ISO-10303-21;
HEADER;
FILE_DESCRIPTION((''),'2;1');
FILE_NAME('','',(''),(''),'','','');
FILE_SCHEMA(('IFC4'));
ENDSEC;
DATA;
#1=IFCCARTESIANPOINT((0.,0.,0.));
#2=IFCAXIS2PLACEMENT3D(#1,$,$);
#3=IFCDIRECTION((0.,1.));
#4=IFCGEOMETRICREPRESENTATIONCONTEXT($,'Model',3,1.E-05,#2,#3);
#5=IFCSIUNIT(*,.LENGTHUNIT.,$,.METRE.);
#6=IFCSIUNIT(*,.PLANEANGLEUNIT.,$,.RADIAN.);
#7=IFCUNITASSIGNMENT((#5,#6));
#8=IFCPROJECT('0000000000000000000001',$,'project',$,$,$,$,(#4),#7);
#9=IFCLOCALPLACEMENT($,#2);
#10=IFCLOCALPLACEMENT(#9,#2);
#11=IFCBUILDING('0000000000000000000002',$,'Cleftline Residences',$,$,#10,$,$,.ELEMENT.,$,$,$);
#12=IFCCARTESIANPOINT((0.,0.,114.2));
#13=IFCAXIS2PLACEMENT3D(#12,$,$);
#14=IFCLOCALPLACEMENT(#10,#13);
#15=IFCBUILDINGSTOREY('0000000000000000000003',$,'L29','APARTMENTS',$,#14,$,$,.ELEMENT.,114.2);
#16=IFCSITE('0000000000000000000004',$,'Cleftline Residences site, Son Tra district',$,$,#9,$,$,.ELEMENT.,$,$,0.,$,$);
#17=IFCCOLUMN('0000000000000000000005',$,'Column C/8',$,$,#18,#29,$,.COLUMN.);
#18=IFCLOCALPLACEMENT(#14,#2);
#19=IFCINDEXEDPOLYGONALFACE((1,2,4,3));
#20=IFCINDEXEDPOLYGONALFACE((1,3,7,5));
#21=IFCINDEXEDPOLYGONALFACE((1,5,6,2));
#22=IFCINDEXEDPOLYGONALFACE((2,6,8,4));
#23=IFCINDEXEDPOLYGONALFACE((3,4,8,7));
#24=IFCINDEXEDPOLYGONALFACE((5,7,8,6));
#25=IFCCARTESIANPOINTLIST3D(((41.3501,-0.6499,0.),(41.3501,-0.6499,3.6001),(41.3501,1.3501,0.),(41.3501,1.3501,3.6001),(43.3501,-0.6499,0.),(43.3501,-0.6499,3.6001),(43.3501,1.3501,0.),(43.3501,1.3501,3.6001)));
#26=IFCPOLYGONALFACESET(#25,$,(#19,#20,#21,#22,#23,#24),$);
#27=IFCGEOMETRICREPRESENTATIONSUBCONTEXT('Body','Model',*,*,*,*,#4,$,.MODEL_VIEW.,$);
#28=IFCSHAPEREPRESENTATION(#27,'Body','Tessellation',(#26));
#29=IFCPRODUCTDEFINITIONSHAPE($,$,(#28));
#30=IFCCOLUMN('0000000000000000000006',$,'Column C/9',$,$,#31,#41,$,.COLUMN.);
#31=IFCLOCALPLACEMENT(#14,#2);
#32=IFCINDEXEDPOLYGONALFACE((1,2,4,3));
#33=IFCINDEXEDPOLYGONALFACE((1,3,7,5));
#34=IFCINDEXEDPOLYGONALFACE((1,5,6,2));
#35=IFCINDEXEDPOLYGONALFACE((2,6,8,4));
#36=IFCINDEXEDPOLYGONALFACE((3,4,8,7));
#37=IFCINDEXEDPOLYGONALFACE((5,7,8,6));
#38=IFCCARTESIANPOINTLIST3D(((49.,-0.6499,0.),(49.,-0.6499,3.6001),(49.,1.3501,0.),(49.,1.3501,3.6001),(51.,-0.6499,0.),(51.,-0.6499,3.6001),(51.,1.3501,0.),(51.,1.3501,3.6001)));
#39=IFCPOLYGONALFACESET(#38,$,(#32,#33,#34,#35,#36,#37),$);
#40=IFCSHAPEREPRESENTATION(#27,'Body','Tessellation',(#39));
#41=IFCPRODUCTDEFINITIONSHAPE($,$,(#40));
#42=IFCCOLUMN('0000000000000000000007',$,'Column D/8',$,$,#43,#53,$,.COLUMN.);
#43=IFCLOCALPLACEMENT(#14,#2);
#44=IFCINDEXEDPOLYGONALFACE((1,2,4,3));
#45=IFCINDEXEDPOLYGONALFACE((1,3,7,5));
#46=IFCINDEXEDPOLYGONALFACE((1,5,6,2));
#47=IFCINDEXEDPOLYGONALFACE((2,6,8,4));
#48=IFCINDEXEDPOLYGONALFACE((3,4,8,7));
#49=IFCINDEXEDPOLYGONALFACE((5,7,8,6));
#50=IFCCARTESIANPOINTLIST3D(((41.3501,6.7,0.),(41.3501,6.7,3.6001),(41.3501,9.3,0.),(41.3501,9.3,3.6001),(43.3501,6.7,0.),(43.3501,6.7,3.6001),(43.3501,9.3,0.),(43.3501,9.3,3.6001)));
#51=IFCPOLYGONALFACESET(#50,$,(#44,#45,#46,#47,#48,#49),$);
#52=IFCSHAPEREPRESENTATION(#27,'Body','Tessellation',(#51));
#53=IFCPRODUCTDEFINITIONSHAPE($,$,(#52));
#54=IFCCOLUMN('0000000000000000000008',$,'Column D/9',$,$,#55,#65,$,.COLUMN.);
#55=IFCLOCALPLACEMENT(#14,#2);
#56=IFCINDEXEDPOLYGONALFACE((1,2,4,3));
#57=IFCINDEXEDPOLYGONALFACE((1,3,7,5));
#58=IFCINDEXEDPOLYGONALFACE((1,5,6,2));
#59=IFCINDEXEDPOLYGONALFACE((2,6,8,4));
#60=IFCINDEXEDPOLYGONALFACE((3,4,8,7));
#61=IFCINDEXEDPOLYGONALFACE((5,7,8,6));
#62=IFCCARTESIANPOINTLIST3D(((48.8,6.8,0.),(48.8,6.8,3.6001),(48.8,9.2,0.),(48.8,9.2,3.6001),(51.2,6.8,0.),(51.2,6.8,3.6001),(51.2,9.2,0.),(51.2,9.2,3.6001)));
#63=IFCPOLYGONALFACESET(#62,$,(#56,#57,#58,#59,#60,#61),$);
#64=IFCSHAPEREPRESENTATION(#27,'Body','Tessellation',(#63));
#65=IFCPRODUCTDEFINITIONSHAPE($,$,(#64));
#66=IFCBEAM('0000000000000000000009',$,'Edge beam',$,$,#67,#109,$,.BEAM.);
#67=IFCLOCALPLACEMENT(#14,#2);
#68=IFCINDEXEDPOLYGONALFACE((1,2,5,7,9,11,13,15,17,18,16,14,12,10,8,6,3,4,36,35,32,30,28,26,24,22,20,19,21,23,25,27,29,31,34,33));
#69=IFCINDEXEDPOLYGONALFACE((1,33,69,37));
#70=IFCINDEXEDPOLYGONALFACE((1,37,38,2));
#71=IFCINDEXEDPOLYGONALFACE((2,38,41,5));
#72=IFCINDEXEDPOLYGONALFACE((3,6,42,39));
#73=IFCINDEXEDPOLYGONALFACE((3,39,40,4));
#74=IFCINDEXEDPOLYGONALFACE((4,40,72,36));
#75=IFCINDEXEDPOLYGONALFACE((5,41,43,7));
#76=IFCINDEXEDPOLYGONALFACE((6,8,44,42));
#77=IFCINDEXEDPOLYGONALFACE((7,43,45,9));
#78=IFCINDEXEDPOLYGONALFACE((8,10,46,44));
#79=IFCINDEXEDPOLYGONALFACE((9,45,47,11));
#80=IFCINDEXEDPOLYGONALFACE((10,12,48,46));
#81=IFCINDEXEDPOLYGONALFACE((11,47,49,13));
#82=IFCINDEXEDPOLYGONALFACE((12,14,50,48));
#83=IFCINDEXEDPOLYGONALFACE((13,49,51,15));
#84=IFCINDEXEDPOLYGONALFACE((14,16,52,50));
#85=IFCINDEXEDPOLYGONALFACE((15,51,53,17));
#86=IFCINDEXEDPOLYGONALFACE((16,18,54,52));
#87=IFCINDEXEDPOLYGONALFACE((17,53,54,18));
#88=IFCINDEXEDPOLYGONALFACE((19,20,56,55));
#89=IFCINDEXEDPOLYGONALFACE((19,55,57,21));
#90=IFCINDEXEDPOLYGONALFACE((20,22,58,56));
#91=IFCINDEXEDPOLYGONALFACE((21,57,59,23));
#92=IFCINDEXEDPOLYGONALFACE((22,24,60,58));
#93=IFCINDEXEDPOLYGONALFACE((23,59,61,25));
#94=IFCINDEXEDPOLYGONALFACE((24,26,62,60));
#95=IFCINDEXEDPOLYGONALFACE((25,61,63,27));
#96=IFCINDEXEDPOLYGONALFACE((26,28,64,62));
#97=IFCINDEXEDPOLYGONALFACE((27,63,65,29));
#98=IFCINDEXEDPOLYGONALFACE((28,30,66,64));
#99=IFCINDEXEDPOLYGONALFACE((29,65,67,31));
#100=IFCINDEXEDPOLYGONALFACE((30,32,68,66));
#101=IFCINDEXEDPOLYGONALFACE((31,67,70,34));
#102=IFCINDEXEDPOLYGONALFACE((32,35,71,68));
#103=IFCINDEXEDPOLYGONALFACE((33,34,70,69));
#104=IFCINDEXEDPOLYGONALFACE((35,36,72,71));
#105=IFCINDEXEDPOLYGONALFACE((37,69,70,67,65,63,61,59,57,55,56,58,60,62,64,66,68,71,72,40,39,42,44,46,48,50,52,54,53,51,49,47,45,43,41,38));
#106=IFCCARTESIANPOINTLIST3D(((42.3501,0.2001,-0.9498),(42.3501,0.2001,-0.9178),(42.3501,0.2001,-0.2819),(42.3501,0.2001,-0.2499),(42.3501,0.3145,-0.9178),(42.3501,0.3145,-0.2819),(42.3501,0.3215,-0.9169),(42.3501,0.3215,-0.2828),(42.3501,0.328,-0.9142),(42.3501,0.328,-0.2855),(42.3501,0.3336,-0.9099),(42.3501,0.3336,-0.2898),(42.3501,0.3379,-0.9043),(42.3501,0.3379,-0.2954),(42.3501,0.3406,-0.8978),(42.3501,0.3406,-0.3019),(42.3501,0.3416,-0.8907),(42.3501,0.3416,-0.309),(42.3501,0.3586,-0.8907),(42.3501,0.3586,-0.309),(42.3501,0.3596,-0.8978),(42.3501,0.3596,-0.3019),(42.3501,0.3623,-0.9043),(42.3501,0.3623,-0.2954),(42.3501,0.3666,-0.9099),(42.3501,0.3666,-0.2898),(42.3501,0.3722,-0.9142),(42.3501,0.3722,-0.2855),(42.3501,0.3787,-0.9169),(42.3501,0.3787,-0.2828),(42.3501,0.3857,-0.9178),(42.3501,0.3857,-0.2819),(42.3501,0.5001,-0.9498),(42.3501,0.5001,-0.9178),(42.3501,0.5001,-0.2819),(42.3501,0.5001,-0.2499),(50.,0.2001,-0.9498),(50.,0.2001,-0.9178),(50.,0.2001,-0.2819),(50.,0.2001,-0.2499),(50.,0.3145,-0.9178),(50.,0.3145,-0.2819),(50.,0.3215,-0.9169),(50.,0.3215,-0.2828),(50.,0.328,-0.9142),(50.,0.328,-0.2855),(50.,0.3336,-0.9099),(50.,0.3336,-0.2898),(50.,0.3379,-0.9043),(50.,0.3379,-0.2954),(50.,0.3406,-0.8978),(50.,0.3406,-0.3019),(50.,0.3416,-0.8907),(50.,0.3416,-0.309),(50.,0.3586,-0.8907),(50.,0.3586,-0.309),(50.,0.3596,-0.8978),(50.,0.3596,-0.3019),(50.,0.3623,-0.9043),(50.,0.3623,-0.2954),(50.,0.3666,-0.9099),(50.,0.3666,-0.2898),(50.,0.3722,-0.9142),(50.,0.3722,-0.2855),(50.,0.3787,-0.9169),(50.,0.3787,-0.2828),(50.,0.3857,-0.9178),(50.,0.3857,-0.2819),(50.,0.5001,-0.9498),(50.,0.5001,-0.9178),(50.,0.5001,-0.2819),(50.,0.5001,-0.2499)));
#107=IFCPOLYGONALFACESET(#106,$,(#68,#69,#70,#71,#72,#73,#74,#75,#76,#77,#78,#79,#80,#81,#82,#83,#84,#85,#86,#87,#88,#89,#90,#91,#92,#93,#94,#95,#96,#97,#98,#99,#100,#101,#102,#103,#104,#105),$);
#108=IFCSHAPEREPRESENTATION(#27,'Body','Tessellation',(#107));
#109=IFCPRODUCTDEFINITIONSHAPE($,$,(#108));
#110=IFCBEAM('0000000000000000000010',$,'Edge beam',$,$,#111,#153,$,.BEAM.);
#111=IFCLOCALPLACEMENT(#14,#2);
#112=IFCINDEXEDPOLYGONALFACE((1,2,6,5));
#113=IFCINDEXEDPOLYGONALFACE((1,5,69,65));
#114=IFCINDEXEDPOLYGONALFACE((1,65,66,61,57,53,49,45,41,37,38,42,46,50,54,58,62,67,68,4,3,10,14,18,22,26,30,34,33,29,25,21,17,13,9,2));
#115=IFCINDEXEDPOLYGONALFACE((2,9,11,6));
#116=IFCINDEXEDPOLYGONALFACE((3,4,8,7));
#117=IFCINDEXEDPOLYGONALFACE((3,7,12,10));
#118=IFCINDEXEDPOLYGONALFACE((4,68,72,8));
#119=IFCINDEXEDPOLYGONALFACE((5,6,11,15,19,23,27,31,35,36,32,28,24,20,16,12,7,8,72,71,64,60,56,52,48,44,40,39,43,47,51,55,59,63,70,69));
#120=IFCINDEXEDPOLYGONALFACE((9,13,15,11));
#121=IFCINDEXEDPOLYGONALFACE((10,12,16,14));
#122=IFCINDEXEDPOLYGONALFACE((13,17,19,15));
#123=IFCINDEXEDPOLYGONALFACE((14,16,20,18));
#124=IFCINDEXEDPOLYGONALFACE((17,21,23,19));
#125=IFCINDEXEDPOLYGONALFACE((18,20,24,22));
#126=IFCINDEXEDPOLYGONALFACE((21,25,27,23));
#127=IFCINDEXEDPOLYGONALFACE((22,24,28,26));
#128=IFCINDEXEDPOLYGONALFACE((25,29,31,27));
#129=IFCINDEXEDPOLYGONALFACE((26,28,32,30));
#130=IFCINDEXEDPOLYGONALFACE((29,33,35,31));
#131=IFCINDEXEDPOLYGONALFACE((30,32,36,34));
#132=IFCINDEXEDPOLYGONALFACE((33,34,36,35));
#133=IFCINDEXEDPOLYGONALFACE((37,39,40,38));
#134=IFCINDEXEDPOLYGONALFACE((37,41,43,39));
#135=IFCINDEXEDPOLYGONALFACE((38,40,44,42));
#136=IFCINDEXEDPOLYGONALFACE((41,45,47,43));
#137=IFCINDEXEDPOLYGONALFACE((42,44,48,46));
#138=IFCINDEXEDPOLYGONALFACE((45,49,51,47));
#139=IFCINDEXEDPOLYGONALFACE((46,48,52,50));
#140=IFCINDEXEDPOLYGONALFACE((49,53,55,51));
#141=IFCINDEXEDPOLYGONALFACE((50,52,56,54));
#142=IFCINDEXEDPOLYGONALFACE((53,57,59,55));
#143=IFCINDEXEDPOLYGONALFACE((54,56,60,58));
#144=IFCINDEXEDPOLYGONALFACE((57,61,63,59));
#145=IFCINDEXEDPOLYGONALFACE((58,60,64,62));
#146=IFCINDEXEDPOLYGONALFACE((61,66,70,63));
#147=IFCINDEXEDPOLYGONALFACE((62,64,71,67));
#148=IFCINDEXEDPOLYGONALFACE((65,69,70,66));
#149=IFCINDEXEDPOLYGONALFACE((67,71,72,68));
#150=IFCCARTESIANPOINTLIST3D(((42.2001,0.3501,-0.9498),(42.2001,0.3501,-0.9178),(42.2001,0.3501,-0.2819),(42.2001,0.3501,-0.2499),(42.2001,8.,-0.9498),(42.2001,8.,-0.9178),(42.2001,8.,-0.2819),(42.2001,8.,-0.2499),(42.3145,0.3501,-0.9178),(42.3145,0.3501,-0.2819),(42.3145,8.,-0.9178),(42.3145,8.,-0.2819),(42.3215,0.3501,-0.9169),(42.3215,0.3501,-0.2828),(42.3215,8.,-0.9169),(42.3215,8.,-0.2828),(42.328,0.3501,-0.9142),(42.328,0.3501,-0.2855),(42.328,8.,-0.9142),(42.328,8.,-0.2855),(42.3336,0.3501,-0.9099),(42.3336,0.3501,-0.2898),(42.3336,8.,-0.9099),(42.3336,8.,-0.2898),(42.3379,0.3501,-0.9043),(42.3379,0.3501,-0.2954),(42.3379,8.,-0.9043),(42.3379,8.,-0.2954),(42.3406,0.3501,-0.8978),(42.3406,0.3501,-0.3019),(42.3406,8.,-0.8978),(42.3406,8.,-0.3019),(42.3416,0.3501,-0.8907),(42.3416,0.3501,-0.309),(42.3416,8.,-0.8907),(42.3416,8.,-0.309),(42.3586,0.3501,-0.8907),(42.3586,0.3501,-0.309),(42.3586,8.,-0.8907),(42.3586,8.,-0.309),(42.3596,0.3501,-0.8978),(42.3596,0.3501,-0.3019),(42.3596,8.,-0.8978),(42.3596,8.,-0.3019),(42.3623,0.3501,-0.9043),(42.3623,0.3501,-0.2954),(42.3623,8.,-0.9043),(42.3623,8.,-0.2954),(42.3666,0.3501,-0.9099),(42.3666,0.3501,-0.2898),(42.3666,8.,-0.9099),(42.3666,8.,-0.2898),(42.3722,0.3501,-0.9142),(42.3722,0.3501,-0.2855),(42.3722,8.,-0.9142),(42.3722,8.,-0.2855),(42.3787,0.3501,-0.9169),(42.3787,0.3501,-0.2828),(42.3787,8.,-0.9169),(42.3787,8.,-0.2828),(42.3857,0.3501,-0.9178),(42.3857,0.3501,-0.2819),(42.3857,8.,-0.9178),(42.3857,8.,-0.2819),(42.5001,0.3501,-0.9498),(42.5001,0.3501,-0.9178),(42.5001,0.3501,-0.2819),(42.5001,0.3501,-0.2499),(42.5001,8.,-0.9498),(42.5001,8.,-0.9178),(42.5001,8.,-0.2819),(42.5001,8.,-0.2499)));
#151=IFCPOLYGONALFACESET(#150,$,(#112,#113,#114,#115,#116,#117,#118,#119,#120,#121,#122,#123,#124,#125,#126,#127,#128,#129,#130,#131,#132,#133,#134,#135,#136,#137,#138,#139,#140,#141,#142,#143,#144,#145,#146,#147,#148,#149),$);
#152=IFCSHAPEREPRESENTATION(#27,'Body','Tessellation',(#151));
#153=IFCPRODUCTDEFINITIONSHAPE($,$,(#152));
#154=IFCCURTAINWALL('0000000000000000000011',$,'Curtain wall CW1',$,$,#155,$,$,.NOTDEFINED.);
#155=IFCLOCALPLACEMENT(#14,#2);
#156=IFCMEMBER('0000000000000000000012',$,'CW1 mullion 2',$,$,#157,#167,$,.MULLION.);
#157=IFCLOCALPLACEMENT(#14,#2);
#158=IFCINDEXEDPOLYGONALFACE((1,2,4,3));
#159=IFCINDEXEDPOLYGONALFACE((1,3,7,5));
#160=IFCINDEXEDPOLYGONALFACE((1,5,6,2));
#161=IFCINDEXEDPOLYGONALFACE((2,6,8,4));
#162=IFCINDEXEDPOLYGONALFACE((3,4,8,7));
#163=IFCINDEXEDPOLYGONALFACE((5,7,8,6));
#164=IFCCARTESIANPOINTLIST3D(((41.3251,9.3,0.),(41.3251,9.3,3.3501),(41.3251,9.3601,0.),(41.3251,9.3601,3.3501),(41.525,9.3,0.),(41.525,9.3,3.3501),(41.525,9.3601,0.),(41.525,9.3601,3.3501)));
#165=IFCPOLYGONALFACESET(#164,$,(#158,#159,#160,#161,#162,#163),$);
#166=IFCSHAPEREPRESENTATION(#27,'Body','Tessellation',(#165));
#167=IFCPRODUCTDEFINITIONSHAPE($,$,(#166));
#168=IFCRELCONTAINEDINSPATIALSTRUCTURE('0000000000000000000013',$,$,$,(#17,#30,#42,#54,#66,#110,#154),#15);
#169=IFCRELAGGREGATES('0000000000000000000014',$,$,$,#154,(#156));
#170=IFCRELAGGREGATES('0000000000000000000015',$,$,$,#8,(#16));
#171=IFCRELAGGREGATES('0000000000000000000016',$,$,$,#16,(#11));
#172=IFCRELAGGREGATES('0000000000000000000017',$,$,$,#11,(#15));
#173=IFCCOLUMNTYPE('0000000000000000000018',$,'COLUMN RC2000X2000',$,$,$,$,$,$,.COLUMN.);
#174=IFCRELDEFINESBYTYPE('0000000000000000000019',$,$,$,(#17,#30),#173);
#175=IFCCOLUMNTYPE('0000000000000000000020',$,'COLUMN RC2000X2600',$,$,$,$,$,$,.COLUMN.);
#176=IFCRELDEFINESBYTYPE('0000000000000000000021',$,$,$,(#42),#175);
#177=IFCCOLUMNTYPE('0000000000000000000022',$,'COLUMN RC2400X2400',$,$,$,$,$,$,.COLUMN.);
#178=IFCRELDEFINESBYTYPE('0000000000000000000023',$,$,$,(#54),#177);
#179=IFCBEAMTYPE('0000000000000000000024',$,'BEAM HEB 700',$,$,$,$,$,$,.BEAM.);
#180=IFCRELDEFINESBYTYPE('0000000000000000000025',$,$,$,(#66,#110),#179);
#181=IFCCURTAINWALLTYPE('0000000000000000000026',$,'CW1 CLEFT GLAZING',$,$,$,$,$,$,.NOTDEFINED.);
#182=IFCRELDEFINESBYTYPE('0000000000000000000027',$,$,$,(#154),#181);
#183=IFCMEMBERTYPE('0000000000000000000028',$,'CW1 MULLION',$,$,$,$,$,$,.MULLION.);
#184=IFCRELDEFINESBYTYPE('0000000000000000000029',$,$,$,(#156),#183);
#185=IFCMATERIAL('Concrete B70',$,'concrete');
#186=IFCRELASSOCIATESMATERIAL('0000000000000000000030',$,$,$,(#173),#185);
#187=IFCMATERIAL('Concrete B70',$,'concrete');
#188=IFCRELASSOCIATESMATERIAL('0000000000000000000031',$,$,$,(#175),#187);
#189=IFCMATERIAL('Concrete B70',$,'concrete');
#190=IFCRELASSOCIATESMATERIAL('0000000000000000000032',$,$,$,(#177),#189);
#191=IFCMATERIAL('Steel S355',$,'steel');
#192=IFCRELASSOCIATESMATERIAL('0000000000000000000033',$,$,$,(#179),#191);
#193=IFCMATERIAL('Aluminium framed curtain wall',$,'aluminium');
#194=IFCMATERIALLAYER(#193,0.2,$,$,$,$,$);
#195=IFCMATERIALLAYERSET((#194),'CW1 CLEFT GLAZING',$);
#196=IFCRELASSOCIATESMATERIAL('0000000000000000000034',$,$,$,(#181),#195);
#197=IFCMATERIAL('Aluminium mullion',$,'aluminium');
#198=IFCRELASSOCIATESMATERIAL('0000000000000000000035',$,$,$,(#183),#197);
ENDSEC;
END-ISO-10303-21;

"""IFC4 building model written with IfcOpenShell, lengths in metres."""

from ifc_helpers import new_model, si_unit, direction, frame, origin, origin_2d, place, context, subcontext, project, spatial, rectangle, i_section, extrude, material, layer, layer_set, material_profile, profile_set, type_object, element, aggregate, save


model = new_model("IFC4")

# Units and contexts
model_context = context("Model", 3, precision=1e-05, world=origin(), true_north=direction((0.0, 1.0)))
body_context = subcontext(model_context, "Body", "Model", "MODEL_VIEW")
ifc_project = project(units=[si_unit("LENGTHUNIT", "METRE"), si_unit("PLANEANGLEUNIT", "RADIAN")], contexts=[model_context])

# Site, building, storey
site_placement = place(None, origin())
site = spatial("IfcSite", under=ifc_project, at=site_placement, Name="Cleftline Residences site, Son Tra district", CompositionType="ELEMENT", RefElevation=0.0)
building_placement = place(site_placement, origin())
building = spatial("IfcBuilding", under=site, at=building_placement, Name="Cleftline Residences", CompositionType="ELEMENT")
storey_placement = place(building_placement, frame((0.0, 0.0, 114.2)))
storey = spatial("IfcBuildingStorey", under=building, at=storey_placement, Name="L29", Description="APARTMENTS", CompositionType="ELEMENT", Elevation=114.2)

# Columns
ifc_material_1 = material(Name="Concrete B70", Category="concrete")
ifc_material_profile_1 = material_profile(ifc_material_1, rectangle(XDim=2.0, YDim=2.0, at=origin_2d()))
ifc_profile_set_1 = profile_set([ifc_material_profile_1], Name="Concrete B70")
column_type_1 = type_object("IfcColumnType", Name="COLUMN RC2000X2000", PredefinedType="COLUMN", material=ifc_profile_set_1)
for number, where, z_axis, x_axis, name in (
    (1, (42.3501, 0.3501, 0.0), (0.0, 0.0, 1.0), (1.0, 0.0, 0.0), "Column C/8"),
    (2, (50.0, 0.3501, 0.0), (0.0, 0.0, 1.0), (1.0, 0.0, 0.0), "Column C/9"),
):
    element("IfcColumn", number, at=place(storey_placement, frame(where, z_axis=z_axis, x_axis=x_axis)), inside=storey, type_object=column_type_1, Name=name, PredefinedType="COLUMN", context=body_context, shape_type="SweptSolid", body=[
        extrude(rectangle(XDim=2.0, YDim=2.0, at=origin_2d()), origin(), (0.0, 0.0, 1.0), 3.6001),
    ])
ifc_material_2 = material(Name="Concrete B70", Category="concrete")
ifc_material_profile_2 = material_profile(ifc_material_2, rectangle(XDim=2.0, YDim=2.6001, at=origin_2d()))
ifc_profile_set_2 = profile_set([ifc_material_profile_2], Name="Concrete B70")
column_type_2 = type_object("IfcColumnType", Name="COLUMN RC2000X2600", PredefinedType="COLUMN", material=ifc_profile_set_2)
column_1_placement = place(storey_placement, frame((42.3501, 8.0, 0.0), z_axis=(0.0, 0.0, 1.0), x_axis=(1.0, 0.0, 0.0)))
element("IfcColumn", 3, at=column_1_placement, inside=storey, type_object=column_type_2, Name="Column D/8", PredefinedType="COLUMN", context=body_context, shape_type="SweptSolid", body=[
    extrude(rectangle(XDim=2.0, YDim=2.6001, at=origin_2d()), origin(), (0.0, 0.0, 1.0), 3.6001),
])
ifc_material_3 = material(Name="Concrete B70", Category="concrete")
ifc_material_profile_3 = material_profile(ifc_material_3, rectangle(XDim=2.3999, YDim=2.3999, at=origin_2d()))
ifc_profile_set_3 = profile_set([ifc_material_profile_3], Name="Concrete B70")
column_type_3 = type_object("IfcColumnType", Name="COLUMN RC2400X2400", PredefinedType="COLUMN", material=ifc_profile_set_3)
column_2_placement = place(storey_placement, frame((50.0, 8.0, 0.0), z_axis=(0.0, 0.0, 1.0), x_axis=(1.0, 0.0, 0.0)))
element("IfcColumn", 4, at=column_2_placement, inside=storey, type_object=column_type_3, Name="Column D/9", PredefinedType="COLUMN", context=body_context, shape_type="SweptSolid", body=[
    extrude(rectangle(XDim=2.3999, YDim=2.3999, at=origin_2d()), origin(), (0.0, 0.0, 1.0), 3.6001),
])

# Beams
ifc_material_4 = material(Name="Steel S355", Category="steel")
ifc_material_profile_4 = material_profile(ifc_material_4, i_section(OverallWidth=0.3, OverallDepth=0.7, WebThickness=0.0171, FlangeThickness=0.032, FilletRadius=0.0271, at=origin_2d()))
ifc_profile_set_4 = profile_set([ifc_material_profile_4], Name="Steel S355")
beam_type = type_object("IfcBeamType", Name="BEAM HEB 700", PredefinedType="BEAM", material=ifc_profile_set_4)
for number, where, z_axis, x_axis, name in (
    (5, (50.0, 0.3501, -0.5999), (-1.0, 0.0, 0.0), (0.0, -1.0, 0.0), "Edge beam"),
    (6, (42.3501, 0.3501, -0.5999), (0.0, 1.0, 0.0), (-1.0, 0.0, 0.0), "Edge beam"),
):
    element("IfcBeam", number, at=place(storey_placement, frame(where, z_axis=z_axis, x_axis=x_axis)), inside=storey, type_object=beam_type, Name=name, PredefinedType="BEAM", context=body_context, shape_type="SweptSolid", body=[
        extrude(i_section(OverallWidth=0.3, OverallDepth=0.7, WebThickness=0.0171, FlangeThickness=0.032, FilletRadius=0.0271, at=origin_2d()), origin(), (0.0, 0.0, 1.0), 7.6499),
    ])

# Curtain wall, member
ifc_material_5 = material(Name="Aluminium framed curtain wall", Category="aluminium")
ifc_layer_1 = layer(ifc_material_5, 0.2)
ifc_layer_set_1 = layer_set([ifc_layer_1], Name="CW1 CLEFT GLAZING")
curtain_wall_type = type_object("IfcCurtainWallType", Name="CW1 CLEFT GLAZING", PredefinedType="NOTDEFINED", material=ifc_layer_set_1)
curtain_wall_placement = place(storey_placement, origin())
curtain_wall = element("IfcCurtainWall", 7, at=curtain_wall_placement, inside=storey, type_object=curtain_wall_type, Name="Curtain wall CW1", PredefinedType="NOTDEFINED")
ifc_material_6 = material(Name="Aluminium mullion", Category="aluminium")
ifc_material_profile_5 = material_profile(ifc_material_6, rectangle(XDim=0.2, YDim=0.0601, at=origin_2d()))
ifc_profile_set_5 = profile_set([ifc_material_profile_5], Name="Aluminium mullion")
member_type = type_object("IfcMemberType", Name="CW1 MULLION", PredefinedType="MULLION", material=ifc_profile_set_5)
member_placement = place(storey_placement, frame((41.425, 9.3301, 0.0), z_axis=(0.0, 0.0, 1.0), x_axis=(1.0, 0.0, 0.0)))
member = element("IfcMember", 8, at=member_placement, type_object=member_type, Name="CW1 mullion 2", PredefinedType="MULLION", context=body_context, shape_type="SweptSolid", body=[
    extrude(rectangle(XDim=0.2, YDim=0.0601, at=origin_2d()), origin(), (0.0, 0.0, 1.0), 3.3501),
])
aggregate(curtain_wall, [member])

save(model, "model.ifc")
